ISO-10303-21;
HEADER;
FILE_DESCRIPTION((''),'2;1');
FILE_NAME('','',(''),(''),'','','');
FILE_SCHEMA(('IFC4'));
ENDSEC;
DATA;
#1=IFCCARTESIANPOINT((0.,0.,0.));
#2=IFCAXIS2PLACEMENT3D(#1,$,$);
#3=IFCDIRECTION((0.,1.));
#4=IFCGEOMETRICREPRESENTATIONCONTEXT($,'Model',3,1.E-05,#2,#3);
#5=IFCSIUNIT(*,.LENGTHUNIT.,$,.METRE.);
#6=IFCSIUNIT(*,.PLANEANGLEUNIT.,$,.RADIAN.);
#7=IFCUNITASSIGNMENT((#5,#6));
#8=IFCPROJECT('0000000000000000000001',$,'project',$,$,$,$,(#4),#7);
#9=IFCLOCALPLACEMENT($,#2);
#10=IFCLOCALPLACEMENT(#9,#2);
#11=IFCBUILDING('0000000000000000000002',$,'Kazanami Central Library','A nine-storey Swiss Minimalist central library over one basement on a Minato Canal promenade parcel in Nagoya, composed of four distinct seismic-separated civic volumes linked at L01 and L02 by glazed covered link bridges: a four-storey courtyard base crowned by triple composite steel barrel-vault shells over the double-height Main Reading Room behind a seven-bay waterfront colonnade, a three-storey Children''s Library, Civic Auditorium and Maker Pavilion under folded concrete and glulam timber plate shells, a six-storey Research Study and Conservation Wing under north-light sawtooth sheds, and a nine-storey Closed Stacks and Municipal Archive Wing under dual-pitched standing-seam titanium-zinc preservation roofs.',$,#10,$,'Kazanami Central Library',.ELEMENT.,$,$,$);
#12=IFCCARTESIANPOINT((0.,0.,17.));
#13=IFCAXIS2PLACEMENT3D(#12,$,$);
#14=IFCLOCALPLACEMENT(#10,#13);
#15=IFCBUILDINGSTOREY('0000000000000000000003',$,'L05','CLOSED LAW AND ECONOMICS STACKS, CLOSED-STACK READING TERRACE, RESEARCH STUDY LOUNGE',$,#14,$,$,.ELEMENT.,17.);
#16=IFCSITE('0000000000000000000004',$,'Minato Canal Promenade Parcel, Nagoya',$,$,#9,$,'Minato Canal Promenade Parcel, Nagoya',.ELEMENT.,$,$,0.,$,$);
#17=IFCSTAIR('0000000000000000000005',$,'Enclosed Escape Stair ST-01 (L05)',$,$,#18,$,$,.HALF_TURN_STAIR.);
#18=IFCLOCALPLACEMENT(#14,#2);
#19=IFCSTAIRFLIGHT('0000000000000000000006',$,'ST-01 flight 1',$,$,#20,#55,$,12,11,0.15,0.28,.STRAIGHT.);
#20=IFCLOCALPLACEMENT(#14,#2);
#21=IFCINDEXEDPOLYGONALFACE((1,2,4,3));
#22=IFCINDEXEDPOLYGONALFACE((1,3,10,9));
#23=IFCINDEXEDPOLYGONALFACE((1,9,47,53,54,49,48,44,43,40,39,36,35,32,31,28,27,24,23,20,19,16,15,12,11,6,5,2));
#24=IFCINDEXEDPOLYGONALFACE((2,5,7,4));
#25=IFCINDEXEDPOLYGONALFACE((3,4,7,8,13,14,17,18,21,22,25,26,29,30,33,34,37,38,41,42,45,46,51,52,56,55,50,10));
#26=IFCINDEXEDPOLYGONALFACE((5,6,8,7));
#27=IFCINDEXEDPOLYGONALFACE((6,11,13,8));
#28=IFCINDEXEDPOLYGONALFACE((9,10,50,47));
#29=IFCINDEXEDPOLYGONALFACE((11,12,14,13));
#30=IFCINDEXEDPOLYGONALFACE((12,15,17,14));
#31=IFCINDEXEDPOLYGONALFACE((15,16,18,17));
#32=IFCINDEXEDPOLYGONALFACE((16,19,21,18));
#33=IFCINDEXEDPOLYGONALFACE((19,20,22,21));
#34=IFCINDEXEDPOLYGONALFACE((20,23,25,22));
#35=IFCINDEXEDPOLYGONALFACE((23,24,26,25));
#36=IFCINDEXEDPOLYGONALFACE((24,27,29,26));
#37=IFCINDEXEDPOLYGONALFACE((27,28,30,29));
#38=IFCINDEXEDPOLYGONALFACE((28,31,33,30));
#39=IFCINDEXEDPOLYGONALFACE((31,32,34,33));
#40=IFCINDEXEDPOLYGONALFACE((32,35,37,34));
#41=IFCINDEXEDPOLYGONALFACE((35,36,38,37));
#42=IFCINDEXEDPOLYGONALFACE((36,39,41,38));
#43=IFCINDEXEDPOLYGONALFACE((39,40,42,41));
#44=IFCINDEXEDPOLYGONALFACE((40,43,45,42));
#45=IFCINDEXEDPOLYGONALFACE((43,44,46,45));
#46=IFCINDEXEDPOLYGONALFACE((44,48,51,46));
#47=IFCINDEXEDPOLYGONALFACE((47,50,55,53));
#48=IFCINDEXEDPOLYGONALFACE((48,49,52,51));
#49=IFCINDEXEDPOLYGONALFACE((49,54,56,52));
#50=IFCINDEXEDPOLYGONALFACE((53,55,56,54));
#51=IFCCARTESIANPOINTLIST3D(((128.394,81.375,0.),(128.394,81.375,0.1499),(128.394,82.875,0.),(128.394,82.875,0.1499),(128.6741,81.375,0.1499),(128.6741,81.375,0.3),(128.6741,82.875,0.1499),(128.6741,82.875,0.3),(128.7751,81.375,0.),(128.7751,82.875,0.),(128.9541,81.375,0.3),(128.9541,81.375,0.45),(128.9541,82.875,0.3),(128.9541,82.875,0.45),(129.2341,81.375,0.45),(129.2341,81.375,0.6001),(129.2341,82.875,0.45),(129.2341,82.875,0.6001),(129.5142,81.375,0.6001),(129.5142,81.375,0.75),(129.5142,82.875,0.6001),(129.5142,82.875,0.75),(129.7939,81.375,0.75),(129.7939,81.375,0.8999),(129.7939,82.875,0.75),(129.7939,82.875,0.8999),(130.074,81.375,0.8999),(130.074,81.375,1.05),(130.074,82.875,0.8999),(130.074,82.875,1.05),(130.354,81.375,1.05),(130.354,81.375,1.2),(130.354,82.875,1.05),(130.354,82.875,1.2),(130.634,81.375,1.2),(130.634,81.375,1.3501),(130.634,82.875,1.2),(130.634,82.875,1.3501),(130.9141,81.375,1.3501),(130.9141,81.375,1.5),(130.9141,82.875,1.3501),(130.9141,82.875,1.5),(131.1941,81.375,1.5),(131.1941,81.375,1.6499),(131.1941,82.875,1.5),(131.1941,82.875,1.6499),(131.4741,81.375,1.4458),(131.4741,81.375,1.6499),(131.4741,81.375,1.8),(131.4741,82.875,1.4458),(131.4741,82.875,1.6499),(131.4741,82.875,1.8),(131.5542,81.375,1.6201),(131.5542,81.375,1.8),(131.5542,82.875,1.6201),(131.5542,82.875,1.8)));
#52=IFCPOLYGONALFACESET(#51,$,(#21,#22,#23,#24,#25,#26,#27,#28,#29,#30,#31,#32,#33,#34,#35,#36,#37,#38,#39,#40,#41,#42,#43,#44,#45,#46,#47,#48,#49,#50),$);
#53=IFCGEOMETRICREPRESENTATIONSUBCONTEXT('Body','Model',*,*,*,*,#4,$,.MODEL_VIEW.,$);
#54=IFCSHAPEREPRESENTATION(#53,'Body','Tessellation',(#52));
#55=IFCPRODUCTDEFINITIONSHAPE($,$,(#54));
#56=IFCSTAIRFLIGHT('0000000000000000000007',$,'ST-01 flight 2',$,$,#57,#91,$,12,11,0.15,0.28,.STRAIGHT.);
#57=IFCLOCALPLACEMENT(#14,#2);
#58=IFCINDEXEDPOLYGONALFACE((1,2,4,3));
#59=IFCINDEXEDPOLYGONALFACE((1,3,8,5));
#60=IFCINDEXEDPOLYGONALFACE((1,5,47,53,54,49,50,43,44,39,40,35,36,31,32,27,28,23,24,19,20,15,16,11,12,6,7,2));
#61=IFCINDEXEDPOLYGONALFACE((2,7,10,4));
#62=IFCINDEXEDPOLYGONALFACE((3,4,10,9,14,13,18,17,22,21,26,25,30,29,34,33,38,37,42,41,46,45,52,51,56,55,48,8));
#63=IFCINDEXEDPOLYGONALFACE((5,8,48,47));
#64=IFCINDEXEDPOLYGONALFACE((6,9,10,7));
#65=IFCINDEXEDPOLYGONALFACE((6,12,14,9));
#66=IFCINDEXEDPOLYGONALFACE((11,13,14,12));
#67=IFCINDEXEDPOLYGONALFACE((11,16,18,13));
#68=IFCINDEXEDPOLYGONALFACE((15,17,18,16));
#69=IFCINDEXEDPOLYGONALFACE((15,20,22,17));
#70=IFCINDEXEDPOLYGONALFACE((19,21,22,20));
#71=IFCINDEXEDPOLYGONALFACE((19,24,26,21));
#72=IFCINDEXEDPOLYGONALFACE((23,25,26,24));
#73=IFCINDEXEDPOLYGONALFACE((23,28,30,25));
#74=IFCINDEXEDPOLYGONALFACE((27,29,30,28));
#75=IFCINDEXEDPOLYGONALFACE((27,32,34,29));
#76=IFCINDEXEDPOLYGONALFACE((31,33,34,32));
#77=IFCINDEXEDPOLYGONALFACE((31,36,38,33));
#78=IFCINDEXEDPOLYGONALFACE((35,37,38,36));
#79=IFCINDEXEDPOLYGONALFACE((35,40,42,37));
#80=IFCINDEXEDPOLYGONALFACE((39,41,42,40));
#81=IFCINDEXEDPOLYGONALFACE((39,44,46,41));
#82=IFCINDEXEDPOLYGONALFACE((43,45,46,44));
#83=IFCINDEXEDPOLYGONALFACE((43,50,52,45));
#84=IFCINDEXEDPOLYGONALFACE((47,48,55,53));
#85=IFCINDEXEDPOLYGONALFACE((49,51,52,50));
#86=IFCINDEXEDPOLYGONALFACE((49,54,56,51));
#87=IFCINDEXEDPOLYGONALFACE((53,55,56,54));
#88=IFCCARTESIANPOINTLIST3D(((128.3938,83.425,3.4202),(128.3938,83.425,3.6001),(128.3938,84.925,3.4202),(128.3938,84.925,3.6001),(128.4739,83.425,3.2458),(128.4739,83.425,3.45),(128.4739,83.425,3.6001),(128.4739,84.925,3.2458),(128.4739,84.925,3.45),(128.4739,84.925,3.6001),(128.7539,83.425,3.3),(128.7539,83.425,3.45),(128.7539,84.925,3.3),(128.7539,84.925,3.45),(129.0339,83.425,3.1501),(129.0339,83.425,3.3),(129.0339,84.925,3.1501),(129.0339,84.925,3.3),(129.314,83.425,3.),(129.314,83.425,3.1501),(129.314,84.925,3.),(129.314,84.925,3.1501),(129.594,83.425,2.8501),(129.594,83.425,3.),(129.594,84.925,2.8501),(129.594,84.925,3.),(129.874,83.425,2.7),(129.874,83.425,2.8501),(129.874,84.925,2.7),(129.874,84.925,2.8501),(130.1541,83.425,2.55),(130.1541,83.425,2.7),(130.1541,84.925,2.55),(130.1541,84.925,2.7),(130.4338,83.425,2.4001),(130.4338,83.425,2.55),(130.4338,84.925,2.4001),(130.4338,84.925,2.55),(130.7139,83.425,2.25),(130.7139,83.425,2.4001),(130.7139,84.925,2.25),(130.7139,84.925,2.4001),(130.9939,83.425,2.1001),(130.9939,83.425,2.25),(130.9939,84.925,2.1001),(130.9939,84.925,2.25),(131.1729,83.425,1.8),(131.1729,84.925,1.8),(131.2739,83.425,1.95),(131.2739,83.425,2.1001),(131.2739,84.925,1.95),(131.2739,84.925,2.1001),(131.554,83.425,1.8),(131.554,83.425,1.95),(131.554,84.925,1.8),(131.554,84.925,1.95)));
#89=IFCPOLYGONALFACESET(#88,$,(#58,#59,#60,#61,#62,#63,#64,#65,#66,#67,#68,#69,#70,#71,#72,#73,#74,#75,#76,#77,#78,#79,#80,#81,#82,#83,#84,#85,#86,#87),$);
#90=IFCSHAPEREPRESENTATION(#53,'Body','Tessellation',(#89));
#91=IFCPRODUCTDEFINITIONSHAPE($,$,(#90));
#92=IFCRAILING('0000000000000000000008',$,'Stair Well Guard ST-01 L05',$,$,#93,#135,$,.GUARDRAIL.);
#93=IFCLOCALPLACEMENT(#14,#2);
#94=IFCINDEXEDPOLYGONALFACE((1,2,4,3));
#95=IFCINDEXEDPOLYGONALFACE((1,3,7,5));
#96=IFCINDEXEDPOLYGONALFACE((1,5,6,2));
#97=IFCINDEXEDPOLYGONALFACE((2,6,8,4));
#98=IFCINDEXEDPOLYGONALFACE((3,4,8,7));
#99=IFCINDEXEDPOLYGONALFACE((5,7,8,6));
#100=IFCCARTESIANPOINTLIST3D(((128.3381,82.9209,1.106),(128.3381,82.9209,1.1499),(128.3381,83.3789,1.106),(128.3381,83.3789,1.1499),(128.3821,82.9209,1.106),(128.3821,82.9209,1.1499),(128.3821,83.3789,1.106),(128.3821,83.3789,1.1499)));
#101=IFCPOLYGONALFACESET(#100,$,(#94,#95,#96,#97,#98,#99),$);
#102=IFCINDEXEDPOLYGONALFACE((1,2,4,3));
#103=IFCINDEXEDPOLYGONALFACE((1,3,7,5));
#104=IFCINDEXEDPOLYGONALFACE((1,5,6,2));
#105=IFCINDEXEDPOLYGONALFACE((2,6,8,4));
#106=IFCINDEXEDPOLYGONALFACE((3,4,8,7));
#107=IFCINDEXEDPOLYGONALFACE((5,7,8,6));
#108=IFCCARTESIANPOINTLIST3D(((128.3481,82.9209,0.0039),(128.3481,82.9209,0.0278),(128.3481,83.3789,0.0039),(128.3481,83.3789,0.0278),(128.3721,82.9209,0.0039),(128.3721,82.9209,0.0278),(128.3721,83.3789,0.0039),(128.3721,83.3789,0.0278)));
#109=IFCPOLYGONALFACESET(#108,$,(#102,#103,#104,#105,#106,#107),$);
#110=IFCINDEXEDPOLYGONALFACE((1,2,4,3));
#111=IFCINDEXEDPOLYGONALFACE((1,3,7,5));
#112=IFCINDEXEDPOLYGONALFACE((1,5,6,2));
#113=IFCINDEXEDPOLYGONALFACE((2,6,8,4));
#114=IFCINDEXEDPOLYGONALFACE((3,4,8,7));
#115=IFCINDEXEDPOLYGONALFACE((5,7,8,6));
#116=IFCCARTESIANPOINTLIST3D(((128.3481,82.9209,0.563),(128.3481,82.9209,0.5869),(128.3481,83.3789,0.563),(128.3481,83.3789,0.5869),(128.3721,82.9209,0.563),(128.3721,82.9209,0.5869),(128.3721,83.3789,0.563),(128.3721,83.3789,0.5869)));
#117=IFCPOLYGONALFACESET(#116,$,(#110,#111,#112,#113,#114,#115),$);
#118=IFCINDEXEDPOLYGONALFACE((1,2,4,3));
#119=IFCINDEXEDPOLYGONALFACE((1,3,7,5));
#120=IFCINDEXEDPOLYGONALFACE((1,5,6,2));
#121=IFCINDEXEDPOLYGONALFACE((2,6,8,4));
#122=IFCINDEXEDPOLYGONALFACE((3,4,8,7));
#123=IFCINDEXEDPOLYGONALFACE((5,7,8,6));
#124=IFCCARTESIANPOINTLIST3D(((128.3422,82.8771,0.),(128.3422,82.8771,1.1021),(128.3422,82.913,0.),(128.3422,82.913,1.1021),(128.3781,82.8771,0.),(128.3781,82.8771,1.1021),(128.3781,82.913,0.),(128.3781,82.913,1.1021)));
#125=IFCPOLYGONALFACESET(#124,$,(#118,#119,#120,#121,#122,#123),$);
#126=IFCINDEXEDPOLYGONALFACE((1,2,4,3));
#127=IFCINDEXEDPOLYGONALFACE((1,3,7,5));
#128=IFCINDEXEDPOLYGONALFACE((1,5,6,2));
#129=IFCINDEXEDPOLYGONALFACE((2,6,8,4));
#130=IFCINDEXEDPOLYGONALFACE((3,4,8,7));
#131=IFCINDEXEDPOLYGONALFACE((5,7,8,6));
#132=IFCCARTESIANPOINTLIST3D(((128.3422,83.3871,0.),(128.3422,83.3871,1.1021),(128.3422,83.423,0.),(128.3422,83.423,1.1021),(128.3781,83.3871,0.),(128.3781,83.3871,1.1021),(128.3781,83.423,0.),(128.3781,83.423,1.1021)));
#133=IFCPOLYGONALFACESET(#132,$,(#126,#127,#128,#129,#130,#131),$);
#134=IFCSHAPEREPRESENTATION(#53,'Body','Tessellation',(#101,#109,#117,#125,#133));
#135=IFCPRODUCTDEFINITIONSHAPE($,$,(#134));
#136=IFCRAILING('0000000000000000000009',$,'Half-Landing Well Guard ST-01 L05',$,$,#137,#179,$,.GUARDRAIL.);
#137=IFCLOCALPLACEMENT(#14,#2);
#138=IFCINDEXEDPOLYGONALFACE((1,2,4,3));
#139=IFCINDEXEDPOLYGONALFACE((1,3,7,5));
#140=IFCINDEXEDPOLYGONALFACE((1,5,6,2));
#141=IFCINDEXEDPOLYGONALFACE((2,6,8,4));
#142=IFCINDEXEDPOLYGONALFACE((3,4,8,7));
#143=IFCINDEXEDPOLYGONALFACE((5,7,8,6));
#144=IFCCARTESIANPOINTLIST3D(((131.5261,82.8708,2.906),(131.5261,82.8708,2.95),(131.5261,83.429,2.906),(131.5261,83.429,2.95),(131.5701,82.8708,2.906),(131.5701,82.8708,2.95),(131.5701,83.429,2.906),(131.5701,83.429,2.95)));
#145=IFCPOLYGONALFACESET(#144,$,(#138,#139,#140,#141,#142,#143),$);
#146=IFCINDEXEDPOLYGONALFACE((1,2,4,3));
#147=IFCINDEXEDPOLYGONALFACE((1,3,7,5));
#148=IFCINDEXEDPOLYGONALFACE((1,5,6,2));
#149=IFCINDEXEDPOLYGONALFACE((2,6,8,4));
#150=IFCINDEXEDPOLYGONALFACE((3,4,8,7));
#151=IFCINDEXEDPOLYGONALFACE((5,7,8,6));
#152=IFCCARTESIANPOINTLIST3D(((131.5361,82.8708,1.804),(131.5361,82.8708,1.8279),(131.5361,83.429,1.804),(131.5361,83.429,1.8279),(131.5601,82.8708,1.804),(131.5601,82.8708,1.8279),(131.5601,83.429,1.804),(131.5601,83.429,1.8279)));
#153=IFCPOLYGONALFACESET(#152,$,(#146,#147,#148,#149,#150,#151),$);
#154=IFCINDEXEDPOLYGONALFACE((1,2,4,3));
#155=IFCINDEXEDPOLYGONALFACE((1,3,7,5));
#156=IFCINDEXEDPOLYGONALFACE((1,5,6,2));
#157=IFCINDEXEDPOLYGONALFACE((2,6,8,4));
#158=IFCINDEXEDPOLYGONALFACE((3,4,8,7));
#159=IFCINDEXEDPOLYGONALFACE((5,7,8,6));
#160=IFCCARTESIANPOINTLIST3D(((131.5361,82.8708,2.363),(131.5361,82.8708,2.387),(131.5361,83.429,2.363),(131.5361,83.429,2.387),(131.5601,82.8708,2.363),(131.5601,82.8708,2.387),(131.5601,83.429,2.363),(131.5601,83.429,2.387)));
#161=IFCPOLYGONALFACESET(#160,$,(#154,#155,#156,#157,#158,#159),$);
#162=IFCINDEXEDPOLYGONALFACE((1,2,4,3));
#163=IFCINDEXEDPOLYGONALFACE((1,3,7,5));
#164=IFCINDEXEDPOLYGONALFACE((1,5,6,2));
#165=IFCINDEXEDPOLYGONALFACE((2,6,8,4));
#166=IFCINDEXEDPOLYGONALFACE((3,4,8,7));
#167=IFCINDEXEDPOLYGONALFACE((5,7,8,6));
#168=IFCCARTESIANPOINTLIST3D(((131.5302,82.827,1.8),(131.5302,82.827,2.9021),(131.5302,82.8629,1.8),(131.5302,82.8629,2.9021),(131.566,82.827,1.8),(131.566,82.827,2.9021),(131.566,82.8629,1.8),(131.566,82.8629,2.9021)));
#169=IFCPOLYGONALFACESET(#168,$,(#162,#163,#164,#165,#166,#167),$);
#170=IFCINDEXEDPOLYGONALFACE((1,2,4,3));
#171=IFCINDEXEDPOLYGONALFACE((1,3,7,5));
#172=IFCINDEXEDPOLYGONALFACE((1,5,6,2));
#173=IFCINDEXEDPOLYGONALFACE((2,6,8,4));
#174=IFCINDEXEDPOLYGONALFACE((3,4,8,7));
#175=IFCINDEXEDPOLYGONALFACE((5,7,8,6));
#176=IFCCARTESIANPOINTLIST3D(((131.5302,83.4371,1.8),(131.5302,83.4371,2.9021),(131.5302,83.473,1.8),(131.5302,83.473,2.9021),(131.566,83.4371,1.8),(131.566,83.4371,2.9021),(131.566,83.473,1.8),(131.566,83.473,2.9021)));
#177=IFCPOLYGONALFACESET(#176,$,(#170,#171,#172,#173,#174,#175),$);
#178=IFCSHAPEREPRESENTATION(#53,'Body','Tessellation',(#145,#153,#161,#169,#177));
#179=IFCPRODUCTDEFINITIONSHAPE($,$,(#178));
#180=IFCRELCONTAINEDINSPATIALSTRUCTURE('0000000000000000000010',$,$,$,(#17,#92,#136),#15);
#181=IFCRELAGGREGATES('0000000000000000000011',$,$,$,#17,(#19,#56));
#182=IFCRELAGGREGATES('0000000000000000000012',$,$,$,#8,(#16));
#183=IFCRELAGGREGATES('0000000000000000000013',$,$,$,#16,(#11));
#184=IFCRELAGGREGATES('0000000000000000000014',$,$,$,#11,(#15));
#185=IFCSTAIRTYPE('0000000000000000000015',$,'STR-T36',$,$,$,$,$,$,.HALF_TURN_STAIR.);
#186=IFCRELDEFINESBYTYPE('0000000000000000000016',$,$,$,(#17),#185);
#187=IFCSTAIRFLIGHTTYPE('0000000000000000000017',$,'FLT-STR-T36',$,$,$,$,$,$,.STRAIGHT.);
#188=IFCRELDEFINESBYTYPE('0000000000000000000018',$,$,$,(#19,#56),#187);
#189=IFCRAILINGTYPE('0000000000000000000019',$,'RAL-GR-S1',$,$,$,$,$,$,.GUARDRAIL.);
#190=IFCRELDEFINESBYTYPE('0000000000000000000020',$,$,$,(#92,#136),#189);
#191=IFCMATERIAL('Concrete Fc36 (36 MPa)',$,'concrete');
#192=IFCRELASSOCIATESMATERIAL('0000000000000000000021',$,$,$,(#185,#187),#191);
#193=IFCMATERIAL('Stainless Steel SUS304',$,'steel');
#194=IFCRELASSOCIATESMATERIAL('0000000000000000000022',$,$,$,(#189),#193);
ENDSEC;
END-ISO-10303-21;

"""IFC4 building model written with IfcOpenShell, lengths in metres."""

from ifc_helpers import new_model, si_unit, direction, frame, origin, origin_2d, place, context, subcontext, project, spatial, polyline, rectangle, outline, extrude, material, type_object, element, aggregate, save


model = new_model("IFC4")

# Units and contexts
model_context = context("Model", 3, precision=1e-05, world=origin(), true_north=direction((0.0, 1.0)))
body_context = subcontext(model_context, "Body", "Model", "MODEL_VIEW")
ifc_project = project(units=[si_unit("LENGTHUNIT", "METRE"), si_unit("PLANEANGLEUNIT", "RADIAN")], contexts=[model_context])

# Site, building, storey
site_placement = place(None, origin())
site = spatial("IfcSite", under=ifc_project, at=site_placement, Name="Minato Canal Promenade Parcel, Nagoya", LongName="Minato Canal Promenade Parcel, Nagoya", CompositionType="ELEMENT", RefElevation=0.0)
building_placement = place(site_placement, origin())
building = spatial("IfcBuilding", under=site, at=building_placement, Name="Kazanami Central Library", Description="A nine-storey Swiss Minimalist central library over one basement on a Minato Canal promenade parcel in Nagoya, composed of four distinct seismic-separated civic volumes linked at L01 and L02 by glazed covered link bridges: a four-storey courtyard base crowned by triple composite steel barrel-vault shells over the double-height Main Reading Room behind a seven-bay waterfront colonnade, a three-storey Children's Library, Civic Auditorium and Maker Pavilion under folded concrete and glulam timber plate shells, a six-storey Research Study and Conservation Wing under north-light sawtooth sheds, and a nine-storey Closed Stacks and Municipal Archive Wing under dual-pitched standing-seam titanium-zinc preservation roofs.", LongName="Kazanami Central Library", CompositionType="ELEMENT")
storey_placement = place(building_placement, frame((0.0, 0.0, 17.0)))
storey = spatial("IfcBuildingStorey", under=building, at=storey_placement, Name="L05", Description="CLOSED LAW AND ECONOMICS STACKS, CLOSED-STACK READING TERRACE, RESEARCH STUDY LOUNGE", CompositionType="ELEMENT", Elevation=17.0)

# Shared definitions
ifc_material_1 = material(Name="Concrete Fc36 (36 MPa)", Category="concrete")

# Stair, stair flights
stair_type = type_object("IfcStairType", Name="STR-T36", PredefinedType="HALF_TURN_STAIR", material=ifc_material_1)
stair_placement = place(storey_placement, origin())
stair = element("IfcStair", 1, at=stair_placement, inside=storey, type_object=stair_type, Name="Enclosed Escape Stair ST-01 (L05)", PredefinedType="HALF_TURN_STAIR")
stair_flight_type = type_object("IfcStairFlightType", Name="FLT-STR-T36", PredefinedType="STRAIGHT", material=ifc_material_1)
stair_flight_1_placement = place(storey_placement, frame((128.394, 82.125, 0.0), z_axis=(0.0, 0.0, 1.0), x_axis=(1.0, 0.0, 0.0)))
stair_flight_1 = element("IfcStairFlight", 2, at=stair_flight_1_placement, type_object=stair_flight_type, Name="ST-01 flight 1", NumberOfRisers=12, NumberOfTreads=11, PredefinedType="STRAIGHT", RiserHeight=0.15, TreadLength=0.28, context=body_context, shape_type="SweptSolid", body=[
    extrude(outline(polyline([(0.0, 0.0), (0.0, 0.1499), (0.28, 0.1499), (0.28, 0.3), (0.5601, 0.3), (0.5601, 0.45), (0.8401, 0.45), (0.8401, 0.6001), (1.1201, 0.6001), (1.1201, 0.75), (1.3999, 0.75), (1.3999, 0.8999), (1.6799, 0.8999), (1.6799, 1.05), (1.96, 1.05), (1.96, 1.2), (2.24, 1.2), (2.24, 1.3501), (2.52, 1.3501), (2.52, 1.5), (2.8, 1.5), (2.8, 1.6499), (3.0801, 1.6499), (3.0801, 1.8), (3.1602, 1.8), (3.1602, 1.6201), (3.0801, 1.4458), (0.3811, 0.0), (0.0, 0.0)])), frame((0.0, 0.75, 0.0), z_axis=(0.0, -1.0, 0.0), x_axis=(1.0, 0.0, 0.0)), (0.0, 0.0, 1.0), 1.5),
])
stair_flight_2_placement = place(storey_placement, frame((131.554, 84.175, 1.8), z_axis=(0.0, 0.0, 1.0), x_axis=(-1.0, 0.0, 0.0)))
stair_flight_2 = element("IfcStairFlight", 3, at=stair_flight_2_placement, type_object=stair_flight_type, Name="ST-01 flight 2", NumberOfRisers=12, NumberOfTreads=11, PredefinedType="STRAIGHT", RiserHeight=0.15, TreadLength=0.28, context=body_context, shape_type="SweptSolid", body=[
    extrude(outline(polyline([(0.0, 0.0), (0.0, 0.1499), (0.28, 0.1499), (0.28, 0.3), (0.5601, 0.3), (0.5601, 0.45), (0.8401, 0.45), (0.8401, 0.6001), (1.1201, 0.6001), (1.1201, 0.75), (1.3999, 0.75), (1.3999, 0.8999), (1.6799, 0.8999), (1.6799, 1.05), (1.96, 1.05), (1.96, 1.2), (2.24, 1.2), (2.24, 1.3501), (2.52, 1.3501), (2.52, 1.5), (2.8, 1.5), (2.8, 1.6499), (3.0801, 1.6499), (3.0801, 1.8), (3.1602, 1.8), (3.1602, 1.6201), (3.0801, 1.4458), (0.3811, 0.0), (0.0, 0.0)])), frame((0.0, 0.75, 0.0), z_axis=(0.0, -1.0, 0.0), x_axis=(1.0, 0.0, 0.0)), (0.0, 0.0, 1.0), 1.5),
])
aggregate(stair, [stair_flight_1, stair_flight_2])

# Railings
ifc_material_2 = material(Name="Stainless Steel SUS304", Category="steel")
railing_type_1 = type_object("IfcRailingType", Name="RAL-GR-S1", PredefinedType="GUARDRAIL", material=ifc_material_2)
railing_1_placement = place(storey_placement, frame((128.3601, 82.895, 0.0)))
element("IfcRailing", 4, at=railing_1_placement, inside=storey, type_object=railing_type_1, Name="Stair Well Guard ST-01 L05", PredefinedType="GUARDRAIL", context=body_context, shape_type="SweptSolid", body=[
    extrude(rectangle(XDim=0.0439, YDim=0.0439, at=origin_2d()), frame((0.0, 0.0259, 1.1279), z_axis=(0.0, 1.0, 0.0), x_axis=(-1.0, 0.0, 0.0)), (0.0, 0.0, 1.0), 0.458),
    extrude(rectangle(XDim=0.0239, YDim=0.0239, at=origin_2d()), frame((0.0, 0.0259, 0.0159), z_axis=(0.0, 1.0, 0.0), x_axis=(-1.0, 0.0, 0.0)), (0.0, 0.0, 1.0), 0.458),
    extrude(rectangle(XDim=0.0239, YDim=0.0239, at=origin_2d()), frame((0.0, 0.0259, 0.575), z_axis=(0.0, 1.0, 0.0), x_axis=(-1.0, 0.0, 0.0)), (0.0, 0.0, 1.0), 0.458),
    extrude(rectangle(XDim=0.0359, YDim=0.0359, at=origin_2d()), origin(), (0.0, 0.0, 1.0), 1.1021),
    extrude(rectangle(XDim=0.0359, YDim=0.0359, at=origin_2d()), frame((0.0, 0.51, 0.0)), (0.0, 0.0, 1.0), 1.1021),
])
railing_2_placement = place(storey_placement, frame((131.5481, 82.845, 1.8)))
element("IfcRailing", 5, at=railing_2_placement, inside=storey, type_object=railing_type_1, Name="Half-Landing Well Guard ST-01 L05", PredefinedType="GUARDRAIL", context=body_context, shape_type="SweptSolid", body=[
    extrude(rectangle(XDim=0.0439, YDim=0.0439, at=origin_2d()), frame((0.0, 0.0259, 1.1279), z_axis=(0.0, 1.0, 0.0), x_axis=(-1.0, 0.0, 0.0)), (0.0, 0.0, 1.0), 0.5581),
    extrude(rectangle(XDim=0.0239, YDim=0.0239, at=origin_2d()), frame((0.0, 0.0259, 0.0159), z_axis=(0.0, 1.0, 0.0), x_axis=(-1.0, 0.0, 0.0)), (0.0, 0.0, 1.0), 0.5581),
    extrude(rectangle(XDim=0.0239, YDim=0.0239, at=origin_2d()), frame((0.0, 0.0259, 0.575), z_axis=(0.0, 1.0, 0.0), x_axis=(-1.0, 0.0, 0.0)), (0.0, 0.0, 1.0), 0.5581),
    extrude(rectangle(XDim=0.0359, YDim=0.0359, at=origin_2d()), origin(), (0.0, 0.0, 1.0), 1.1021),
    extrude(rectangle(XDim=0.0359, YDim=0.0359, at=origin_2d()), frame((0.0, 0.6101, 0.0)), (0.0, 0.0, 1.0), 1.1021),
])

save(model, "model.ifc")
